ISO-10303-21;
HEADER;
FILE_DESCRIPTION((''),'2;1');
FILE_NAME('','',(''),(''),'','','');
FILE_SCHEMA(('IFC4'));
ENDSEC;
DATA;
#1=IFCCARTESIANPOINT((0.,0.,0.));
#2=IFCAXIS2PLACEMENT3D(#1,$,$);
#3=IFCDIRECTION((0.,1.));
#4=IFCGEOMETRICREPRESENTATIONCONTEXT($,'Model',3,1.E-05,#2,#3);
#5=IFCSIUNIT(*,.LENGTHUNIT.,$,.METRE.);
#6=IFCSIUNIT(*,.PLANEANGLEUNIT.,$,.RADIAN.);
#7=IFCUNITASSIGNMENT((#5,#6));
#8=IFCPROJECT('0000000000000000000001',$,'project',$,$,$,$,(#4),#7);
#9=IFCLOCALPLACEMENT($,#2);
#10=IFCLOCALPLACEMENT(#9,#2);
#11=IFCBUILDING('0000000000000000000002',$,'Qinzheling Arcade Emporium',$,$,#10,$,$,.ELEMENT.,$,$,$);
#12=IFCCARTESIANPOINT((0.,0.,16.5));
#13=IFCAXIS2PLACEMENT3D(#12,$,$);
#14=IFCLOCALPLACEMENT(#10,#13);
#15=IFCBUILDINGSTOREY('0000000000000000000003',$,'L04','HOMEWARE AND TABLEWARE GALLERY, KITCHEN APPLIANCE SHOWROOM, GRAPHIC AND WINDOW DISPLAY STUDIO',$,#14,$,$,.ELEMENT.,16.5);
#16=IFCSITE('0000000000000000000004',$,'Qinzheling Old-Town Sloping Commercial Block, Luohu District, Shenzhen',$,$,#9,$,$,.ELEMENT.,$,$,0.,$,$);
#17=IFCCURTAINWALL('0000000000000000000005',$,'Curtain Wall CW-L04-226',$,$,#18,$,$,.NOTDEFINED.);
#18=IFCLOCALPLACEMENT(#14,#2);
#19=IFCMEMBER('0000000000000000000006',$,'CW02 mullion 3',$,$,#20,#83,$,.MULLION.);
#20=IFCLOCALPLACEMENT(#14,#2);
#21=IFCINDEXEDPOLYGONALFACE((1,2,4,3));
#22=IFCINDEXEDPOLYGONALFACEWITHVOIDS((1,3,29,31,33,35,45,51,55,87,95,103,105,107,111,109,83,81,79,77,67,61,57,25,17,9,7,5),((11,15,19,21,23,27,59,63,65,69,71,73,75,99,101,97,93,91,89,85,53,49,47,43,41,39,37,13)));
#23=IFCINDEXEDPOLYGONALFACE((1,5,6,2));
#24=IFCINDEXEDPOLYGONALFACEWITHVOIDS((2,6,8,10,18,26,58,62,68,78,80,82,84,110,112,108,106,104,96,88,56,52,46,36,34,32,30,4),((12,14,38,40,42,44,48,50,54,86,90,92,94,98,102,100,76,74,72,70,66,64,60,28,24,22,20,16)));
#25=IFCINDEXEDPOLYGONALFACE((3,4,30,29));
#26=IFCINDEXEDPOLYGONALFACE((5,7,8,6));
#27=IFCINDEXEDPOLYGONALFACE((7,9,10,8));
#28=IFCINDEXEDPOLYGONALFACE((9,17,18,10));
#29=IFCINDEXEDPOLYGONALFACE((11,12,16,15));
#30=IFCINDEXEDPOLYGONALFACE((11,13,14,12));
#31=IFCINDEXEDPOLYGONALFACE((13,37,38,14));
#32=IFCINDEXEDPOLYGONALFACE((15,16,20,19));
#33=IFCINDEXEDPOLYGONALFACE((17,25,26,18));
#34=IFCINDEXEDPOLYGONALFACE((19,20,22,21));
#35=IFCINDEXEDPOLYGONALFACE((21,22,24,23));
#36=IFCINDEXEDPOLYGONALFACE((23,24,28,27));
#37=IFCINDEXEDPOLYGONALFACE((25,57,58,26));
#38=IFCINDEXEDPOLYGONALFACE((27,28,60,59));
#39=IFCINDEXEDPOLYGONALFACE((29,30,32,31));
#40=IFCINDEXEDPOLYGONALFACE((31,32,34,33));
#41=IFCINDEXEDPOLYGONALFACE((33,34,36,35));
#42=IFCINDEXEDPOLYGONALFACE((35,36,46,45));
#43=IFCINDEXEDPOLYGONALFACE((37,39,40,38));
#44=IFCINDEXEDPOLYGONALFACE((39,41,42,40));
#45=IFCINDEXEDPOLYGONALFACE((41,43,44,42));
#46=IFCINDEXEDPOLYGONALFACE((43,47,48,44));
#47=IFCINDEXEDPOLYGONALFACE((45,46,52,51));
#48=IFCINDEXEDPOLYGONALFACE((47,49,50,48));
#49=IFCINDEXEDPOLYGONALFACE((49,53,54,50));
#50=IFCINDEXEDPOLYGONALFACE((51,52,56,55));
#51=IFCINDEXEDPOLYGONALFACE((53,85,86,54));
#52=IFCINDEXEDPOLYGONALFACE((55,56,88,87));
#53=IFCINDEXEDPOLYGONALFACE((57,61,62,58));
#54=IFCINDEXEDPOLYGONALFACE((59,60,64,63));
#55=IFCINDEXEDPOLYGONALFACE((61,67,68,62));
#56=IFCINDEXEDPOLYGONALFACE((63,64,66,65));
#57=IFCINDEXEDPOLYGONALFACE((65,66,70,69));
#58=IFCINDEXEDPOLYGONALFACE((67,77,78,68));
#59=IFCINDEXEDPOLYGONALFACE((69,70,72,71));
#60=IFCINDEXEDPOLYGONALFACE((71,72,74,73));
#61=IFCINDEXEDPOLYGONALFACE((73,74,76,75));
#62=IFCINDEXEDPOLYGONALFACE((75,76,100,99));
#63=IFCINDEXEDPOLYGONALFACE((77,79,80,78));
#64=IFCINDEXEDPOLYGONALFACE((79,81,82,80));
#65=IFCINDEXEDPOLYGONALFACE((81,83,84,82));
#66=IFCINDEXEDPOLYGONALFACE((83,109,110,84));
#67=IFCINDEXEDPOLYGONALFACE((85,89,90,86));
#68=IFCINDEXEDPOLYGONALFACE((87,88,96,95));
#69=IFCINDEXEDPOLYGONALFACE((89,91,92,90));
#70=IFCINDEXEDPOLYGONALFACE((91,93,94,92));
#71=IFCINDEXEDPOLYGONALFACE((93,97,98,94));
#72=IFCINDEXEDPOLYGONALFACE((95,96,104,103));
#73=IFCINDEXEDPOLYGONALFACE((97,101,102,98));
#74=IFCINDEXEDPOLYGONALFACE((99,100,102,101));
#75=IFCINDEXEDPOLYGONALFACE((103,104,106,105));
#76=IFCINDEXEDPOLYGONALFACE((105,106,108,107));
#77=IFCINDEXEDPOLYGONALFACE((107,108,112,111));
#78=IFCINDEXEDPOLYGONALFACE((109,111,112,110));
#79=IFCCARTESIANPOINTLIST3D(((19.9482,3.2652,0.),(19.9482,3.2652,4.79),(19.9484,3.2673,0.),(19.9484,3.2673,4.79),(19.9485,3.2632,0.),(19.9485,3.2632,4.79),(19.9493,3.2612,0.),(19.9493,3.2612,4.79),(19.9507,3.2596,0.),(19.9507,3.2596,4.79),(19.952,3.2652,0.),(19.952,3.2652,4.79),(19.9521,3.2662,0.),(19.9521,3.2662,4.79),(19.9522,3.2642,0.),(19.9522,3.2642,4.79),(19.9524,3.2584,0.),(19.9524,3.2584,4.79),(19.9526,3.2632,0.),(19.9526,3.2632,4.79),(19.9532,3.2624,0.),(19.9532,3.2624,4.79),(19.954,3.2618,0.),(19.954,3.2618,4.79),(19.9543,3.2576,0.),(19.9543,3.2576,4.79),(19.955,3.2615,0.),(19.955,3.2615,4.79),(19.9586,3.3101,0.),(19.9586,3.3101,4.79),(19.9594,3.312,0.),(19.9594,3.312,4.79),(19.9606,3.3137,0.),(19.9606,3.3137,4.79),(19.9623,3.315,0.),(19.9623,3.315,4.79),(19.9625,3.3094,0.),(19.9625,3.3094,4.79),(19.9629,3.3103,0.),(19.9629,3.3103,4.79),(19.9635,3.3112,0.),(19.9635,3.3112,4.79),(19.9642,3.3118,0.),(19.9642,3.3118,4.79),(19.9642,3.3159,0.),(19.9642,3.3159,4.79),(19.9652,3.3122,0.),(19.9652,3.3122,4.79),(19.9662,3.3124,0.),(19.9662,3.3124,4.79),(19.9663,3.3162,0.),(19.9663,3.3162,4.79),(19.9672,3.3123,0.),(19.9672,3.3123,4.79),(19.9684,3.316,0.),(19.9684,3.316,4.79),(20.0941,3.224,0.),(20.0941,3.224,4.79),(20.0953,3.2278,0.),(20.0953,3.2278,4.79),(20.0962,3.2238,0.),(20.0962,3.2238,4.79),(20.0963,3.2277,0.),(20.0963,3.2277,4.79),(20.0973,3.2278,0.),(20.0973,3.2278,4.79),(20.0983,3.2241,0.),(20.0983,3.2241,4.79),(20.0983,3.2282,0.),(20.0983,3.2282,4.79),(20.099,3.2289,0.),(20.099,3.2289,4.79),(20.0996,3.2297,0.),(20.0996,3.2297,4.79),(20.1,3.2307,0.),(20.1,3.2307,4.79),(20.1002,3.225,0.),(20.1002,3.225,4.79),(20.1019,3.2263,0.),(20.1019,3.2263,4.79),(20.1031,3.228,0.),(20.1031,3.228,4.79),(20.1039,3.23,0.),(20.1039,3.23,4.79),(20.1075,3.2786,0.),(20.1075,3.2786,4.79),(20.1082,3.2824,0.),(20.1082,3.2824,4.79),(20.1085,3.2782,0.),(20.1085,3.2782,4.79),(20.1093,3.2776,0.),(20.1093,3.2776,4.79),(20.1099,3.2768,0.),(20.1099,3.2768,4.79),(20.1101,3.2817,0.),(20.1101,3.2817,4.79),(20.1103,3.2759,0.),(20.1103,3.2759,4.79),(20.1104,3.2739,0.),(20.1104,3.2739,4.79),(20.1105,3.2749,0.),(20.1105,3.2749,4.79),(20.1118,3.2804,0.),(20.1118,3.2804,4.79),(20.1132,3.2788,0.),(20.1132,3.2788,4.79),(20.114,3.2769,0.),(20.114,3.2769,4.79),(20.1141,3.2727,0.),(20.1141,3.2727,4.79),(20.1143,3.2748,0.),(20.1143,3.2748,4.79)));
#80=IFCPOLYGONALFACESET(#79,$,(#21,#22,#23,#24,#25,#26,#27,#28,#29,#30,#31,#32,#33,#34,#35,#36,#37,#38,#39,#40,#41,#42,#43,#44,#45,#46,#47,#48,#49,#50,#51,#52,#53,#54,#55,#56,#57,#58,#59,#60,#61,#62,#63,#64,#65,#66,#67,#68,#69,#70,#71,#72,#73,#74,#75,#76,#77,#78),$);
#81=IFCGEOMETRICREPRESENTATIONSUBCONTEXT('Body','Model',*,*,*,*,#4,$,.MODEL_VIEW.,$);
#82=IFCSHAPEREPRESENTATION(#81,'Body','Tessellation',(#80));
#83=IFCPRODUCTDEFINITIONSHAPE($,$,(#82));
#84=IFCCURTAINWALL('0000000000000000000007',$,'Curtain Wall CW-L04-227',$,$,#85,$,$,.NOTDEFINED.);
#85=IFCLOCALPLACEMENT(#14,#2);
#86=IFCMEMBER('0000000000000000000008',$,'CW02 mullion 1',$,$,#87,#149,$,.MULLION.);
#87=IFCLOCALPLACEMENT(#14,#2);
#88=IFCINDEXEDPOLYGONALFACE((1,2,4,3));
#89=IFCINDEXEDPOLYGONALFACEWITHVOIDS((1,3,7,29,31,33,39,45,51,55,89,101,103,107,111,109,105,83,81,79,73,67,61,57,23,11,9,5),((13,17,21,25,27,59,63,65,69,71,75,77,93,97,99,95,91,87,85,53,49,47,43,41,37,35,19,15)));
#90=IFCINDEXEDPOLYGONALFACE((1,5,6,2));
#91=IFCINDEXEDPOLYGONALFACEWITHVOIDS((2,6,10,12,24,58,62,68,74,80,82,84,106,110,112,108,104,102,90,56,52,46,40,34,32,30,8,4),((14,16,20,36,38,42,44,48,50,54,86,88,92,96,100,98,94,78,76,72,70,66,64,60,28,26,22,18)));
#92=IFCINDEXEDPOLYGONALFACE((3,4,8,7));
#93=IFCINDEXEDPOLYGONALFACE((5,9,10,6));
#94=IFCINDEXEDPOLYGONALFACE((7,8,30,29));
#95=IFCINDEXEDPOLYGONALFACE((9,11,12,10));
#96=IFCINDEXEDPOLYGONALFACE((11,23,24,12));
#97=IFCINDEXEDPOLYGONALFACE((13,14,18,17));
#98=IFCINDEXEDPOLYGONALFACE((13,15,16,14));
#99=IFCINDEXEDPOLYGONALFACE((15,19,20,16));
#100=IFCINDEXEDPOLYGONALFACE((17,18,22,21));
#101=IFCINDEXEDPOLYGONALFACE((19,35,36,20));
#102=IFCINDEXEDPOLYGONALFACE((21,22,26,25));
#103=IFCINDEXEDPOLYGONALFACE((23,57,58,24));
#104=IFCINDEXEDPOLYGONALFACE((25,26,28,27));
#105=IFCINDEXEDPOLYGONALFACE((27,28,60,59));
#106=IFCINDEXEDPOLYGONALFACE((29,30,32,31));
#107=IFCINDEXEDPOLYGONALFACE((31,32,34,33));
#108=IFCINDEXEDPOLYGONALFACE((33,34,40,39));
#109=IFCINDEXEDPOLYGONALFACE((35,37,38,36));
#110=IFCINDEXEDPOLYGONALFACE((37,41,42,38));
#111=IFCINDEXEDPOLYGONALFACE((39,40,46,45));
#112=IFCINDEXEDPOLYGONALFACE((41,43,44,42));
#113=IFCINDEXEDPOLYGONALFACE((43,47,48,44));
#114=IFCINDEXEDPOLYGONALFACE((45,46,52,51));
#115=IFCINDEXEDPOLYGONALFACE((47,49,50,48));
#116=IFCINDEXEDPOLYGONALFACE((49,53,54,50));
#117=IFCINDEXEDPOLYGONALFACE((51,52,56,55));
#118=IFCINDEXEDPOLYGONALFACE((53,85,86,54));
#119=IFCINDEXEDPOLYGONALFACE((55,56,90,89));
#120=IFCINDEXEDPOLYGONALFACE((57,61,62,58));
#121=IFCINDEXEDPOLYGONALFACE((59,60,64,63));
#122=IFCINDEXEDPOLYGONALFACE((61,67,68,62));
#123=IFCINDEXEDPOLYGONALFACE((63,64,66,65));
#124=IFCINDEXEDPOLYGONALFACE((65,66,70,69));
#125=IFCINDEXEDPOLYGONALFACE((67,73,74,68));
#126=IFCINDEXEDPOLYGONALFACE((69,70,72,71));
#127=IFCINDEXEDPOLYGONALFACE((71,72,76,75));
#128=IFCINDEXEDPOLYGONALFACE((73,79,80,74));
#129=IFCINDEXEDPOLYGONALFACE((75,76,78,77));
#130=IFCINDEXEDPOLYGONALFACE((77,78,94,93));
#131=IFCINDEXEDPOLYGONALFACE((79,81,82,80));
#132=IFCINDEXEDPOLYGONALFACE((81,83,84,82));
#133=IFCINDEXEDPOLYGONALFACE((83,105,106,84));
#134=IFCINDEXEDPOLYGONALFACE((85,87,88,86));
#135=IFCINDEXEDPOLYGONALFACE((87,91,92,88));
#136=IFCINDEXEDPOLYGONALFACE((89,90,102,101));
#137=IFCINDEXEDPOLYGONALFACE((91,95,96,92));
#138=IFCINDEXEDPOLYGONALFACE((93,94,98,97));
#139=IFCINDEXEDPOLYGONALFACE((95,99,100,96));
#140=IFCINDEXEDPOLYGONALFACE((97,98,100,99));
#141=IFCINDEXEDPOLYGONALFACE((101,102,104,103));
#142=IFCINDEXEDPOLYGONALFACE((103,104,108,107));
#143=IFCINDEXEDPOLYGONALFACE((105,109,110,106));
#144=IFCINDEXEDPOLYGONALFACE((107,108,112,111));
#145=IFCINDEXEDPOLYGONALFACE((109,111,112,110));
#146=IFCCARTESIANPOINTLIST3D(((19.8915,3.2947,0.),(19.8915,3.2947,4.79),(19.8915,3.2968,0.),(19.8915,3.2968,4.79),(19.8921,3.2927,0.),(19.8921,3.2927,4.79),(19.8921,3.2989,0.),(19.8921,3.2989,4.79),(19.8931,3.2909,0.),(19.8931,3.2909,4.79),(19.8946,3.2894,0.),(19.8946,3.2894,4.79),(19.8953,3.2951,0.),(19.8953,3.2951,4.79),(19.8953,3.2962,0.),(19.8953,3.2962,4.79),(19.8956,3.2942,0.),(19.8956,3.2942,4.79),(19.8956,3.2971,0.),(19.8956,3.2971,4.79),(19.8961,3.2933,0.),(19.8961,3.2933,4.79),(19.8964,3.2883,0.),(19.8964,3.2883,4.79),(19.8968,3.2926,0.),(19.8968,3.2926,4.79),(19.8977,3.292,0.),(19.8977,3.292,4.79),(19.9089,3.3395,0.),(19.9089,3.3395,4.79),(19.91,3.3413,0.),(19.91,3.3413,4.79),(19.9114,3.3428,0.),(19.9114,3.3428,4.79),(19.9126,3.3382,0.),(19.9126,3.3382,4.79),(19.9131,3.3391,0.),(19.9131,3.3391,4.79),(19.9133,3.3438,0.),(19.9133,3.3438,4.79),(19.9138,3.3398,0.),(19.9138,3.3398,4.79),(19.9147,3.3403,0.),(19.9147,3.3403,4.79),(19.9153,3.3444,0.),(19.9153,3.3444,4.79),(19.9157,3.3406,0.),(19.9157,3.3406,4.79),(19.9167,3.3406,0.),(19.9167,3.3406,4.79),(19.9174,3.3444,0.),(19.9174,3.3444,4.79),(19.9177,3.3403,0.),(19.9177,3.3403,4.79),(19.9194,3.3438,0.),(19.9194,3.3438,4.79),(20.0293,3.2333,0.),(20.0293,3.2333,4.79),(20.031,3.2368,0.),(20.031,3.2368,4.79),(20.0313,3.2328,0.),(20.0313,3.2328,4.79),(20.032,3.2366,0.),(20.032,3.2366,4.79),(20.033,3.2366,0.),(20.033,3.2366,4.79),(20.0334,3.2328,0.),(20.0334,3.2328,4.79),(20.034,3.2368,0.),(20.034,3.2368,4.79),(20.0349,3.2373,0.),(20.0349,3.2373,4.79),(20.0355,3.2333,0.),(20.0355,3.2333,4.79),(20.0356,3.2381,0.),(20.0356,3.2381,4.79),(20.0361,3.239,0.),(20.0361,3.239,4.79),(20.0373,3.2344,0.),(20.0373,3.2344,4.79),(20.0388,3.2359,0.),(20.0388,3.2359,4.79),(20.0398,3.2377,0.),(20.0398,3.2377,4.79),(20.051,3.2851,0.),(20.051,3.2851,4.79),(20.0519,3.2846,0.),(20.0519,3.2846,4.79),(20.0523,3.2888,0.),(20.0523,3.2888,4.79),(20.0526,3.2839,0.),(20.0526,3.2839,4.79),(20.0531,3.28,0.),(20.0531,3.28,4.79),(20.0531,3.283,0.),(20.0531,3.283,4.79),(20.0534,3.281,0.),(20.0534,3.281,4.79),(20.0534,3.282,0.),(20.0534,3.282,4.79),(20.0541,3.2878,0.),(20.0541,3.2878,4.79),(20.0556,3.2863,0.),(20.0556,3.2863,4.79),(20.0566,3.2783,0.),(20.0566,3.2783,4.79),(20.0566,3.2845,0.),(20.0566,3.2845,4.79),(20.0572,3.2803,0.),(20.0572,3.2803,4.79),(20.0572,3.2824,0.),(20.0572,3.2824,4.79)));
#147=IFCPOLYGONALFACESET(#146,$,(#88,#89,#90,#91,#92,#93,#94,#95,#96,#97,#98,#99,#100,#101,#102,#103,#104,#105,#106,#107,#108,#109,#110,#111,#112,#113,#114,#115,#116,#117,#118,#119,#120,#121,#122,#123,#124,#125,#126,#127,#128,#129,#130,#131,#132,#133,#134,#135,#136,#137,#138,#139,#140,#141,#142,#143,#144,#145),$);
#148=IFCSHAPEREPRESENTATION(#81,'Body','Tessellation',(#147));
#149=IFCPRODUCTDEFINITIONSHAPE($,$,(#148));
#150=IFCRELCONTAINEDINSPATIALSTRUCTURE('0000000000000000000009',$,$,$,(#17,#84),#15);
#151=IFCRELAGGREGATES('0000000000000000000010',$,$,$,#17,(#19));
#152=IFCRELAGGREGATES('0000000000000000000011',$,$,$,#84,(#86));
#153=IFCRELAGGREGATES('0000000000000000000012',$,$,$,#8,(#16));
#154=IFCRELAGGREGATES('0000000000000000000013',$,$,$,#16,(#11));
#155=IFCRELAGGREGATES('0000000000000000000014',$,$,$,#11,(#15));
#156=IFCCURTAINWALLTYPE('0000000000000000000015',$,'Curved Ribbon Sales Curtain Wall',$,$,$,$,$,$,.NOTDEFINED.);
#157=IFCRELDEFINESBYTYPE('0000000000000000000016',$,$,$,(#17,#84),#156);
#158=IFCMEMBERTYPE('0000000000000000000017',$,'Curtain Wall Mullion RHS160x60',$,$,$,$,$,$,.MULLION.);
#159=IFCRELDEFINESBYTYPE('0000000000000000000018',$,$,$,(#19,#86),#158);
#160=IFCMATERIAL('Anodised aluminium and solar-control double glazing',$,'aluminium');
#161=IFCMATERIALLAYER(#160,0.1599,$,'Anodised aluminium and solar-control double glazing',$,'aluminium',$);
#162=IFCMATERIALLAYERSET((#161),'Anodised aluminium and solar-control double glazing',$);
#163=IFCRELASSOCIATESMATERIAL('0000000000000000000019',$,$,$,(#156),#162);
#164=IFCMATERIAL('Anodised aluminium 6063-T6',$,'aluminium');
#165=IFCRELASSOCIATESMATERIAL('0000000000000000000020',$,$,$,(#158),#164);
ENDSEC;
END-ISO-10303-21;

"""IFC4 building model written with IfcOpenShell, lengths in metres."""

from ifc_helpers import new_model, si_unit, direction, frame, origin, origin_2d, place, context, subcontext, project, spatial, hollow_rectangle, extrude, material, layer, layer_set, material_profile, profile_set, type_object, element, aggregate, save


model = new_model("IFC4")

# Units and contexts
model_context = context("Model", 3, precision=1e-05, world=origin(), true_north=direction((0.0, 1.0)))
body_context = subcontext(model_context, "Body", "Model", "MODEL_VIEW")
ifc_project = project(units=[si_unit("LENGTHUNIT", "METRE"), si_unit("PLANEANGLEUNIT", "RADIAN")], contexts=[model_context])

# Site, building, storey
site_placement = place(None, origin())
site = spatial("IfcSite", under=ifc_project, at=site_placement, Name="Qinzheling Old-Town Sloping Commercial Block, Luohu District, Shenzhen", CompositionType="ELEMENT", RefElevation=0.0)
building_placement = place(site_placement, origin())
building = spatial("IfcBuilding", under=site, at=building_placement, Name="Qinzheling Arcade Emporium", CompositionType="ELEMENT")
storey_placement = place(building_placement, frame((0.0, 0.0, 16.5)))
storey = spatial("IfcBuildingStorey", under=building, at=storey_placement, Name="L04", Description="HOMEWARE AND TABLEWARE GALLERY, KITCHEN APPLIANCE SHOWROOM, GRAPHIC AND WINDOW DISPLAY STUDIO", CompositionType="ELEMENT", Elevation=16.5)

# Curtain walls, members
ifc_material_1 = material(Name="Anodised aluminium and solar-control double glazing", Category="aluminium")
ifc_layer_1 = layer(ifc_material_1, 0.1599, Name="Anodised aluminium and solar-control double glazing", Category="aluminium")
ifc_layer_set_1 = layer_set([ifc_layer_1], Name="Anodised aluminium and solar-control double glazing")
curtain_wall_type = type_object("IfcCurtainWallType", Name="Curved Ribbon Sales Curtain Wall", PredefinedType="NOTDEFINED", material=ifc_layer_set_1)
ifc_material_2 = material(Name="Anodised aluminium 6063-T6", Category="aluminium")
ifc_material_profile_1 = material_profile(ifc_material_2, hollow_rectangle(XDim=0.0601, YDim=0.1599, WallThickness=0.0039, InnerFilletRadius=0.0039, OuterFilletRadius=0.0081, at=origin_2d()), Name="RHS 160x60x4", Category="aluminium")
ifc_profile_set_1 = profile_set([ifc_material_profile_1], Name="Anodised aluminium 6063-T6")
member_type_1 = type_object("IfcMemberType", Name="Curtain Wall Mullion RHS160x60", PredefinedType="MULLION", material=ifc_profile_set_1)
curtain_wall_1_placement = place(storey_placement, origin())
curtain_wall_1 = element("IfcCurtainWall", 1, at=curtain_wall_1_placement, inside=storey, type_object=curtain_wall_type, Name="Curtain Wall CW-L04-226", PredefinedType="NOTDEFINED")
member_1_placement = place(storey_placement, frame((20.0312, 3.27, 0.0), z_axis=(0.0, 0.0, 1.0), x_axis=(-0.233526, -0.97235, 0.0)))
member_1 = element("IfcMember", 2, at=member_1_placement, type_object=member_type_1, Name="CW02 mullion 3", PredefinedType="MULLION", context=body_context, shape_type="SweptSolid", body=[
    extrude(hollow_rectangle(XDim=0.0601, YDim=0.1599, WallThickness=0.0039, InnerFilletRadius=0.0039, OuterFilletRadius=0.0081, at=origin_2d()), origin(), (0.0, 0.0, 1.0), 4.79),
])
curtain_wall_2_placement = place(storey_placement, origin())
curtain_wall_2 = element("IfcCurtainWall", 3, at=curtain_wall_2_placement, inside=storey, type_object=curtain_wall_type, Name="Curtain Wall CW-L04-227", PredefinedType="NOTDEFINED")
member_2_placement = place(storey_placement, frame((19.9744, 3.2886, 0.0), z_axis=(0.0, 0.0, 1.0), x_axis=(-0.382599, -0.923914, 0.0)))
member_2 = element("IfcMember", 4, at=member_2_placement, type_object=member_type_1, Name="CW02 mullion 1", PredefinedType="MULLION", context=body_context, shape_type="SweptSolid", body=[
    extrude(hollow_rectangle(XDim=0.0601, YDim=0.1599, WallThickness=0.0039, InnerFilletRadius=0.0039, OuterFilletRadius=0.0081, at=origin_2d()), origin(), (0.0, 0.0, 1.0), 4.79),
])

aggregate(curtain_wall_1, [member_1])
aggregate(curtain_wall_2, [member_2])

save(model, "model.ifc")
